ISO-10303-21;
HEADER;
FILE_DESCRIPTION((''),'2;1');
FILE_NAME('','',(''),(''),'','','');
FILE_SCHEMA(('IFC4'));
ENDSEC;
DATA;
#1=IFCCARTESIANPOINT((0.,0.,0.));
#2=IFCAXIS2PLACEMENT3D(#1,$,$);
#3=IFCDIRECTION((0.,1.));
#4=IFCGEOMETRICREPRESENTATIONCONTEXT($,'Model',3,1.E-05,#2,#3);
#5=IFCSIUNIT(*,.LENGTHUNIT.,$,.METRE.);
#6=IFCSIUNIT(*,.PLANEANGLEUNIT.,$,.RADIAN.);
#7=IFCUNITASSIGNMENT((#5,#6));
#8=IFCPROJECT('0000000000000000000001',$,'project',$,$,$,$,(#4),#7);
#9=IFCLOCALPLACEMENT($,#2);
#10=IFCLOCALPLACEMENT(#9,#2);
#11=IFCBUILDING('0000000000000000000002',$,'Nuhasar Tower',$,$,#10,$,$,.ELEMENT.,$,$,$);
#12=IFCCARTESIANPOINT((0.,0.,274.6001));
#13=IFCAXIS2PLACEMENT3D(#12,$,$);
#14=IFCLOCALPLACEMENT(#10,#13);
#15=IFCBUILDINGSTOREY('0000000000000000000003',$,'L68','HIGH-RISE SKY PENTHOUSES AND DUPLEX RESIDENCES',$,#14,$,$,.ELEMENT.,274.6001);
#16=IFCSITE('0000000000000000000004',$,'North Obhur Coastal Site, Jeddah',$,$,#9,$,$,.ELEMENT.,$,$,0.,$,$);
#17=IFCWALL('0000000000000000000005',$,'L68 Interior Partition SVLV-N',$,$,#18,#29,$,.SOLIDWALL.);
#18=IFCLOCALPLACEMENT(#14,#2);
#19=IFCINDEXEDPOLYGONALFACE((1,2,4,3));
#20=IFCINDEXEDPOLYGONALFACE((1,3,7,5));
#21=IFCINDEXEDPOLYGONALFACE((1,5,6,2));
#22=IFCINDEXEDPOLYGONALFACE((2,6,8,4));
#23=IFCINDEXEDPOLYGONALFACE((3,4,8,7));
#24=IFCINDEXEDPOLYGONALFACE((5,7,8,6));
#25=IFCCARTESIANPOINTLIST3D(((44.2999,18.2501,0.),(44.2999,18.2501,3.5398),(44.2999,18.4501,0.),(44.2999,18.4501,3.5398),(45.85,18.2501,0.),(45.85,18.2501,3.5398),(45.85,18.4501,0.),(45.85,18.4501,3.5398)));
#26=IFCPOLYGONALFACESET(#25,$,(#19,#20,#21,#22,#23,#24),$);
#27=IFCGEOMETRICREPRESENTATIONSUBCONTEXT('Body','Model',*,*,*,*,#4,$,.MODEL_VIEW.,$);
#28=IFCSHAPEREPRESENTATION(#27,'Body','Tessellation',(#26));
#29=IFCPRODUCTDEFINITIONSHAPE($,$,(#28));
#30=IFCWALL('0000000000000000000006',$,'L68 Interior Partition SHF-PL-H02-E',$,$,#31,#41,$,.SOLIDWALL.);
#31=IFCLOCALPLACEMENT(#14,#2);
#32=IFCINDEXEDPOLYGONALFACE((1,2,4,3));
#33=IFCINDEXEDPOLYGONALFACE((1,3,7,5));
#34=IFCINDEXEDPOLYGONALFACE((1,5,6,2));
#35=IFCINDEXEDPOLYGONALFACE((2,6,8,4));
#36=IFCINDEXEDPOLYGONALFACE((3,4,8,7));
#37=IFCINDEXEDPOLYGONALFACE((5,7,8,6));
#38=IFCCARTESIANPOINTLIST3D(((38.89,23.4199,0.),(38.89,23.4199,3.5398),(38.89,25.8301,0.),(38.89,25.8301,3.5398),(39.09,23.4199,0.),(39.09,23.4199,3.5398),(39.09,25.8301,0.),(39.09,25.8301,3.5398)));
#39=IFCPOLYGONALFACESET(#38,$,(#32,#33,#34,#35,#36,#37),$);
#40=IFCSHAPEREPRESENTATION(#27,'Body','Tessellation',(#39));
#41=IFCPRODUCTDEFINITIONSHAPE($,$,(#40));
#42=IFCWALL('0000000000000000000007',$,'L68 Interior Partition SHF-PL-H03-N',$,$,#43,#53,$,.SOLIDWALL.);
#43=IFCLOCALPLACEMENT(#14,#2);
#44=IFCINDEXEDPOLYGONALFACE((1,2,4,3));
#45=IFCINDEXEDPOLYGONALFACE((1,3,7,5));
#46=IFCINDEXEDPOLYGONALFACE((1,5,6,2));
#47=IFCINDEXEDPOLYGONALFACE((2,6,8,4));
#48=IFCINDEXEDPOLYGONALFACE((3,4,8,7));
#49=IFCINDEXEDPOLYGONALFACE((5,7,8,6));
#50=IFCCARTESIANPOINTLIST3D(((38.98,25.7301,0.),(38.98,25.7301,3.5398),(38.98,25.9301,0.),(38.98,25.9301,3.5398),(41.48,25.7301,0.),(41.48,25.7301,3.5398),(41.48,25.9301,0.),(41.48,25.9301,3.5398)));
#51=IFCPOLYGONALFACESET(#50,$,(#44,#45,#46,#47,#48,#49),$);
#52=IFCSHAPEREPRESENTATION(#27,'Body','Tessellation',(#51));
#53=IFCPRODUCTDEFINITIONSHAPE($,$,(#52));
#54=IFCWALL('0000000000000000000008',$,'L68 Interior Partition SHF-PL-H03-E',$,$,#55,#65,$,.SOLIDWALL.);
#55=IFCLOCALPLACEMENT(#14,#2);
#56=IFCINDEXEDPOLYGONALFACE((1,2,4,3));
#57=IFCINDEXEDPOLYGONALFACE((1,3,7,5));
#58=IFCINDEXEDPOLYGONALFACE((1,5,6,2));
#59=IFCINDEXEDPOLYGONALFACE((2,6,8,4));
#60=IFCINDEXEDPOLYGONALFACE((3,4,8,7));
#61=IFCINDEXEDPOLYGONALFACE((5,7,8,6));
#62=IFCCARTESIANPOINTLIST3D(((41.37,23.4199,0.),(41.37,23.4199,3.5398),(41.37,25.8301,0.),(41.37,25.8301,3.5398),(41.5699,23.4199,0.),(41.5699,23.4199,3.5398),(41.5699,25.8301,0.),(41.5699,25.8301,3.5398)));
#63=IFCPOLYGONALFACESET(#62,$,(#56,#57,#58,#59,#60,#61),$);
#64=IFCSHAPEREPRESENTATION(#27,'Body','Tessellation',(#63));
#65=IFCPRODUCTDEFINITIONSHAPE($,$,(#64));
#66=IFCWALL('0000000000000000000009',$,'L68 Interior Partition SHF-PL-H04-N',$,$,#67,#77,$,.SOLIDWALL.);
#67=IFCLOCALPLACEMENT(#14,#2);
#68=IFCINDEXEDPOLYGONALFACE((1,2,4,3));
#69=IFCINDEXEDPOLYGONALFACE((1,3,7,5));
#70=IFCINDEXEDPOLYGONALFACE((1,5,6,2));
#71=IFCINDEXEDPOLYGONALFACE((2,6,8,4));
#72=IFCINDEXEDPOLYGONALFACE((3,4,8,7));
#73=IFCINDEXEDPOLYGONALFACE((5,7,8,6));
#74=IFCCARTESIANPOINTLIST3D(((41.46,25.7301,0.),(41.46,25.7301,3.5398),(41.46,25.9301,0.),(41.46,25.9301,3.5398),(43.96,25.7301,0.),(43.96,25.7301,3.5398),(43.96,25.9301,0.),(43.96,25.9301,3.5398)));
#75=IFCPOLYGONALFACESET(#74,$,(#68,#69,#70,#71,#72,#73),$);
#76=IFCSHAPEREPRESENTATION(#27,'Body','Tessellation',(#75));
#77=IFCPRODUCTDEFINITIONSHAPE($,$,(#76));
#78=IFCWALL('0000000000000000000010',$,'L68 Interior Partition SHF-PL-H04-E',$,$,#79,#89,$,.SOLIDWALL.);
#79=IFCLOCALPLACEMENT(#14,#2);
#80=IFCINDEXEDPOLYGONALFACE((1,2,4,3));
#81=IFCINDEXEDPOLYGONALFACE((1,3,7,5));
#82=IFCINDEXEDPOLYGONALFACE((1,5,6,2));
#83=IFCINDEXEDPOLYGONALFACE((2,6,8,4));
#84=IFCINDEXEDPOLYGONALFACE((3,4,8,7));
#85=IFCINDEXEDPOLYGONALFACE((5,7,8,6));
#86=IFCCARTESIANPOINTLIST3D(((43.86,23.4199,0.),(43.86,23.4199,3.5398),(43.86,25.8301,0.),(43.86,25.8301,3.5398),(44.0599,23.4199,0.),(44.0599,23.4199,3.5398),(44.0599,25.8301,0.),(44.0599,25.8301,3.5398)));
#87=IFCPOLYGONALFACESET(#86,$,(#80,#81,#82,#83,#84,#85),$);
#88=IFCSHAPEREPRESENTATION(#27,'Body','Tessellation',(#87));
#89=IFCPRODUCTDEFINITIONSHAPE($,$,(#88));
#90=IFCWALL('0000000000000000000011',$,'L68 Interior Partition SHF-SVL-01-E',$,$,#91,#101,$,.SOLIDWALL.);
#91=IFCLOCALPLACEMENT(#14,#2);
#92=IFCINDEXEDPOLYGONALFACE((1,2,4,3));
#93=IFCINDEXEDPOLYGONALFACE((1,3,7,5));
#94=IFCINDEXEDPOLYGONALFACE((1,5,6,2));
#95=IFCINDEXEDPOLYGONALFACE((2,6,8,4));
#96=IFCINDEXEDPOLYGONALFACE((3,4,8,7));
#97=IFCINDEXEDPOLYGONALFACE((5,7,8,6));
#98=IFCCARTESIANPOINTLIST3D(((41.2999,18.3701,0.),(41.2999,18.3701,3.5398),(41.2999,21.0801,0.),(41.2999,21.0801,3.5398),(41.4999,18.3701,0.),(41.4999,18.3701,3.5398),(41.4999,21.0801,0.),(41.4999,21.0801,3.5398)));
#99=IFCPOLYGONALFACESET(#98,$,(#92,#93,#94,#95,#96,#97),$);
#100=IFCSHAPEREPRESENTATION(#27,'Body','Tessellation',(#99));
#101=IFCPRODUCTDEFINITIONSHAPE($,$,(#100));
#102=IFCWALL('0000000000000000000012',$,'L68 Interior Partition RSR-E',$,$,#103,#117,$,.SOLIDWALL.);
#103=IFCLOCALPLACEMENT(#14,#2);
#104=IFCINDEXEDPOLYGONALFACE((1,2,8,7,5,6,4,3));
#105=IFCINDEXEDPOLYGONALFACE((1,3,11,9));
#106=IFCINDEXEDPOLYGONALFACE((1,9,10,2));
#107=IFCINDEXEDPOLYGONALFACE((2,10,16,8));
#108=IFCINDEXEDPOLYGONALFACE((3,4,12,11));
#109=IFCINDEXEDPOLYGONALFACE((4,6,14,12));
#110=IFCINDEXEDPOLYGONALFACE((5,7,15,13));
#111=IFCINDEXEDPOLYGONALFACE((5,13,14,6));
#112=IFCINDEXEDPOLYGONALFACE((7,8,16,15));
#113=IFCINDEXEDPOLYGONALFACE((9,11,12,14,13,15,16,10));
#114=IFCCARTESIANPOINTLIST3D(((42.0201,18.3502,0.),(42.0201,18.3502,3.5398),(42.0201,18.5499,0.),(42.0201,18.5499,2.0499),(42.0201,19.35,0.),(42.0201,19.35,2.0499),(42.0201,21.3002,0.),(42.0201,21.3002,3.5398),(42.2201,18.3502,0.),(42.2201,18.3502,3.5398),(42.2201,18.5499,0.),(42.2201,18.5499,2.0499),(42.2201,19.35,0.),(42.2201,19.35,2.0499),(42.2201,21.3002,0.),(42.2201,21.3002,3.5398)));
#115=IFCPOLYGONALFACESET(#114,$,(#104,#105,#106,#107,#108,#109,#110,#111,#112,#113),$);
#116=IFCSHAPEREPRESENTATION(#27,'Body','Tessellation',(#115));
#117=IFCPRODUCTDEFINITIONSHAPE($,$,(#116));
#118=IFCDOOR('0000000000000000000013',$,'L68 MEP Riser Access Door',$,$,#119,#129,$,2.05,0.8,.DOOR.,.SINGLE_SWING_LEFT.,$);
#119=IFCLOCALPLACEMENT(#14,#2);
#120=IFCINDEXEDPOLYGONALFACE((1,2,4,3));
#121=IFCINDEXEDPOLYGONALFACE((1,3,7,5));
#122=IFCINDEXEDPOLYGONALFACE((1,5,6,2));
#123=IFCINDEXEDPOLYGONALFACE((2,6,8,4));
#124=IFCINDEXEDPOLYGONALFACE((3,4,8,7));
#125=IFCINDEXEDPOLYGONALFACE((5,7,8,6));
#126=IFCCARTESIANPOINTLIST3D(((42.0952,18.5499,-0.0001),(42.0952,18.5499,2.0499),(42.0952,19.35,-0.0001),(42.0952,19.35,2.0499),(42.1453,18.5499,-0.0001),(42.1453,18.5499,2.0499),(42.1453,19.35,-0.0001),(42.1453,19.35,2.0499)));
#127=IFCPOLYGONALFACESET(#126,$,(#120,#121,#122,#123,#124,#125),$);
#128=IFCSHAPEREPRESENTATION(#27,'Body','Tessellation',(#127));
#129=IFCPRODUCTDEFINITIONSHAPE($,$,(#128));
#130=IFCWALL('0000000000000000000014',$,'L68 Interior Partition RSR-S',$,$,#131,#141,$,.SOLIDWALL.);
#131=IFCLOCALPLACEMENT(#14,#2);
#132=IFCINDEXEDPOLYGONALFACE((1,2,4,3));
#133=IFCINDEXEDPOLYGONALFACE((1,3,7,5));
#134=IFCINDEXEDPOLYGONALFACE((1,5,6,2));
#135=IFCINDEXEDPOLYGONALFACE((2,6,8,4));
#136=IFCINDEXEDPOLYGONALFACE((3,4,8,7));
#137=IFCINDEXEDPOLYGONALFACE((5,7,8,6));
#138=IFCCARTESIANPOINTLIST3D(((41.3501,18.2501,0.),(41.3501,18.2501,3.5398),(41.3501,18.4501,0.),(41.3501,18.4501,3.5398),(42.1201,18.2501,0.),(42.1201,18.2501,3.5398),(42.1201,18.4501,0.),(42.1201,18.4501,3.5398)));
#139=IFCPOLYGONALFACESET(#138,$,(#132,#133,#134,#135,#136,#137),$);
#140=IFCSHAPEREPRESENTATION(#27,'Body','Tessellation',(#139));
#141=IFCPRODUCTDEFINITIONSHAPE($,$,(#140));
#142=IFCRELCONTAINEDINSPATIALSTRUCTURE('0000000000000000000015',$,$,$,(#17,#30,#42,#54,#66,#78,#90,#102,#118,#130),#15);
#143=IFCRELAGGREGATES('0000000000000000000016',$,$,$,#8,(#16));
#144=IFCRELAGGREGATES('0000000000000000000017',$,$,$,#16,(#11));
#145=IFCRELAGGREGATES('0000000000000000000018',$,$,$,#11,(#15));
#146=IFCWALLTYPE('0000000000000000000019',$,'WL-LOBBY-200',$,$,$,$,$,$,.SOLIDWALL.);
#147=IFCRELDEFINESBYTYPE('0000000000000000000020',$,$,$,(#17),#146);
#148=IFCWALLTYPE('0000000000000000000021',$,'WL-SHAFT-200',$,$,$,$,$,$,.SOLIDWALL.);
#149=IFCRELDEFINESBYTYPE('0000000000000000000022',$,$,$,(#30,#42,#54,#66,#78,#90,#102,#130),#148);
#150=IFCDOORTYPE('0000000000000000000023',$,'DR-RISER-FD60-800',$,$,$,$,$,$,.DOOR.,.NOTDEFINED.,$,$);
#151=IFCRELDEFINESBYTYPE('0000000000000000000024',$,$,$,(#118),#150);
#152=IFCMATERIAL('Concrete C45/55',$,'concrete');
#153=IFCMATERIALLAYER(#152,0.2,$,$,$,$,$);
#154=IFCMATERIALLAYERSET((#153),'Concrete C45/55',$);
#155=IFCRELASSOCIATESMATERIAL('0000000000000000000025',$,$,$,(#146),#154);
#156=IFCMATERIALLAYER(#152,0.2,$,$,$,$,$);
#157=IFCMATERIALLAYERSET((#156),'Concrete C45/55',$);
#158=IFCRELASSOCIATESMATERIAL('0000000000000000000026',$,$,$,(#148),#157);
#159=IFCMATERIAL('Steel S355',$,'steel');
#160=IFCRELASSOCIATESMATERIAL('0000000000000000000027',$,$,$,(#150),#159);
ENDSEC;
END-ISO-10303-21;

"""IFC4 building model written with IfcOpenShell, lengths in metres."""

from ifc_helpers import new_model, si_unit, direction, frame, frame_2d, origin, place, context, subcontext, project, spatial, rectangle, extrude, material, layer, layer_set, type_object, element, fill, save


model = new_model("IFC4")

# Units and contexts
model_context = context("Model", 3, precision=1e-05, world=origin(), true_north=direction((0.0, 1.0)))
body_context = subcontext(model_context, "Body", "Model", "MODEL_VIEW")
ifc_project = project(units=[si_unit("LENGTHUNIT", "METRE"), si_unit("PLANEANGLEUNIT", "RADIAN")], contexts=[model_context])

# Site, building, storey
site_placement = place(None, origin())
site = spatial("IfcSite", under=ifc_project, at=site_placement, Name="North Obhur Coastal Site, Jeddah", CompositionType="ELEMENT", RefElevation=0.0)
building_placement = place(site_placement, origin())
building = spatial("IfcBuilding", under=site, at=building_placement, Name="Nuhasar Tower", CompositionType="ELEMENT")
storey_placement = place(building_placement, frame((0.0, 0.0, 274.6001)))
storey = spatial("IfcBuildingStorey", under=building, at=storey_placement, Name="L68", Description="HIGH-RISE SKY PENTHOUSES AND DUPLEX RESIDENCES", CompositionType="ELEMENT", Elevation=274.6001)

# Shared definitions
ifc_material_1 = material(Name="Steel S355", Category="steel")

# Shared definitions
ifc_material_2 = material(Name="Concrete C45/55", Category="concrete")
ifc_layer_1 = layer(ifc_material_2, 0.2)
ifc_layer_set_1 = layer_set([ifc_layer_1], Name="Concrete C45/55")
wall_type_1 = type_object("IfcWallType", Name="WL-LOBBY-200", PredefinedType="SOLIDWALL", material=ifc_layer_set_1)

# Walls
wall_1_placement = place(storey_placement, frame((44.3, 18.3501, 0.0), z_axis=(0.0, 0.0, 1.0), x_axis=(1.0, 0.0, 0.0)))
element("IfcWall", 1, at=wall_1_placement, inside=storey, type_object=wall_type_1, Name="L68 Interior Partition SVLV-N", PredefinedType="SOLIDWALL", context=body_context, shape_type="SweptSolid", body=[
    extrude(rectangle(XDim=1.55, YDim=0.2, at=frame_2d((0.7749, 0.0))), origin(), (0.0, 0.0, 1.0), 3.5398),
])
ifc_layer_2 = layer(ifc_material_2, 0.2)
ifc_layer_set_2 = layer_set([ifc_layer_2], Name="Concrete C45/55")
wall_type_2 = type_object("IfcWallType", Name="WL-SHAFT-200", PredefinedType="SOLIDWALL", material=ifc_layer_set_2)
wall_2_placement = place(storey_placement, frame((38.99, 23.4199, 0.0), z_axis=(0.0, 0.0, 1.0), x_axis=(0.0, 1.0, 0.0)))
element("IfcWall", 2, at=wall_2_placement, inside=storey, type_object=wall_type_2, Name="L68 Interior Partition SHF-PL-H02-E", PredefinedType="SOLIDWALL", context=body_context, shape_type="SweptSolid", body=[
    extrude(rectangle(XDim=2.4102, YDim=0.2, at=frame_2d((1.2051, 0.0))), origin(), (0.0, 0.0, 1.0), 3.5398),
])

# Walls
wall_3_placement = place(storey_placement, frame((38.98, 25.8301, 0.0), z_axis=(0.0, 0.0, 1.0), x_axis=(1.0, 0.0, 0.0)))
element("IfcWall", 3, at=wall_3_placement, inside=storey, type_object=wall_type_2, Name="L68 Interior Partition SHF-PL-H03-N", PredefinedType="SOLIDWALL", context=body_context, shape_type="SweptSolid", body=[
    extrude(rectangle(XDim=2.5, YDim=0.2, at=frame_2d((1.25, 0.0))), origin(), (0.0, 0.0, 1.0), 3.5398),
])
wall_4_placement = place(storey_placement, frame((41.47, 23.4199, 0.0), z_axis=(0.0, 0.0, 1.0), x_axis=(0.0, 1.0, 0.0)))
element("IfcWall", 4, at=wall_4_placement, inside=storey, type_object=wall_type_2, Name="L68 Interior Partition SHF-PL-H03-E", PredefinedType="SOLIDWALL", context=body_context, shape_type="SweptSolid", body=[
    extrude(rectangle(XDim=2.4102, YDim=0.2, at=frame_2d((1.2051, 0.0))), origin(), (0.0, 0.0, 1.0), 3.5398),
])

# Walls
wall_5_placement = place(storey_placement, frame((41.46, 25.8301, 0.0), z_axis=(0.0, 0.0, 1.0), x_axis=(1.0, 0.0, 0.0)))
element("IfcWall", 5, at=wall_5_placement, inside=storey, type_object=wall_type_2, Name="L68 Interior Partition SHF-PL-H04-N", PredefinedType="SOLIDWALL", context=body_context, shape_type="SweptSolid", body=[
    extrude(rectangle(XDim=2.5, YDim=0.2, at=frame_2d((1.25, 0.0))), origin(), (0.0, 0.0, 1.0), 3.5398),
])
wall_6_placement = place(storey_placement, frame((43.96, 23.4199, 0.0), z_axis=(0.0, 0.0, 1.0), x_axis=(0.0, 1.0, 0.0)))
element("IfcWall", 6, at=wall_6_placement, inside=storey, type_object=wall_type_2, Name="L68 Interior Partition SHF-PL-H04-E", PredefinedType="SOLIDWALL", context=body_context, shape_type="SweptSolid", body=[
    extrude(rectangle(XDim=2.4102, YDim=0.2, at=frame_2d((1.2051, 0.0))), origin(), (0.0, 0.0, 1.0), 3.5398),
])
wall_7_placement = place(storey_placement, frame((41.3999, 18.3701, 0.0), z_axis=(0.0, 0.0, 1.0), x_axis=(0.0, 1.0, 0.0)))
element("IfcWall", 7, at=wall_7_placement, inside=storey, type_object=wall_type_2, Name="L68 Interior Partition SHF-SVL-01-E", PredefinedType="SOLIDWALL", context=body_context, shape_type="SweptSolid", body=[
    extrude(rectangle(XDim=2.71, YDim=0.2, at=frame_2d((1.355, 0.0))), origin(), (0.0, 0.0, 1.0), 3.5398),
])

# Wall, opening, door
wall_8_placement = place(storey_placement, frame((42.1201, 18.3501, 0.0), z_axis=(0.0, 0.0, 1.0), x_axis=(0.0, 1.0, 0.0)))
wall_8 = element("IfcWall", 8, at=wall_8_placement, inside=storey, type_object=wall_type_2, Name="L68 Interior Partition RSR-E", PredefinedType="SOLIDWALL", context=body_context, shape_type="SweptSolid", body=[
    extrude(rectangle(XDim=2.95, YDim=0.2, at=frame_2d((1.4751, 0.0))), origin(), (0.0, 0.0, 1.0), 3.5398),
])
opening_1_placement = place(wall_8_placement, frame((0.2, 0.0, 0.0)))
opening_1 = element("IfcOpeningElement", 9, at=opening_1_placement, cuts=wall_8, PredefinedType="OPENING", context=body_context, shape_type="SweptSolid", body=[
    extrude(rectangle(XDim=0.8, YDim=2.05, at=frame_2d((0.3999, 1.0249))), frame((0.0, 0.1099, 0.0), z_axis=(0.0, -1.0, 0.0), x_axis=(1.0, 0.0, 0.0)), (0.0, 0.0, 1.0), 0.22),
])
door_type_1 = type_object("IfcDoorType", Name="DR-RISER-FD60-800", OperationType="NOTDEFINED", PredefinedType="DOOR", material=ifc_material_1)
door_1_placement = place(opening_1_placement, origin())
door_1 = element("IfcDoor", 10, at=door_1_placement, inside=storey, type_object=door_type_1, Name="L68 MEP Riser Access Door", OperationType="SINGLE_SWING_LEFT", OverallHeight=2.05, OverallWidth=0.8, PredefinedType="DOOR", context=body_context, shape_type="SweptSolid", body=[
    extrude(rectangle(XDim=0.8, YDim=2.05, at=frame_2d((0.3999, 1.0249))), frame((0.0, 0.0249, 0.0), z_axis=(0.0, -1.0, 0.0), x_axis=(1.0, 0.0, 0.0)), (0.0, 0.0, 1.0), 0.05),
])
fill(opening_1, door_1)

# Wall
wall_9_placement = place(storey_placement, frame((41.3501, 18.3501, 0.0), z_axis=(0.0, 0.0, 1.0), x_axis=(1.0, 0.0, 0.0)))
element("IfcWall", 11, at=wall_9_placement, inside=storey, type_object=wall_type_2, Name="L68 Interior Partition RSR-S", PredefinedType="SOLIDWALL", context=body_context, shape_type="SweptSolid", body=[
    extrude(rectangle(XDim=0.77, YDim=0.2, at=frame_2d((0.385, 0.0))), origin(), (0.0, 0.0, 1.0), 3.5398),
])

save(model, "model.ifc")
